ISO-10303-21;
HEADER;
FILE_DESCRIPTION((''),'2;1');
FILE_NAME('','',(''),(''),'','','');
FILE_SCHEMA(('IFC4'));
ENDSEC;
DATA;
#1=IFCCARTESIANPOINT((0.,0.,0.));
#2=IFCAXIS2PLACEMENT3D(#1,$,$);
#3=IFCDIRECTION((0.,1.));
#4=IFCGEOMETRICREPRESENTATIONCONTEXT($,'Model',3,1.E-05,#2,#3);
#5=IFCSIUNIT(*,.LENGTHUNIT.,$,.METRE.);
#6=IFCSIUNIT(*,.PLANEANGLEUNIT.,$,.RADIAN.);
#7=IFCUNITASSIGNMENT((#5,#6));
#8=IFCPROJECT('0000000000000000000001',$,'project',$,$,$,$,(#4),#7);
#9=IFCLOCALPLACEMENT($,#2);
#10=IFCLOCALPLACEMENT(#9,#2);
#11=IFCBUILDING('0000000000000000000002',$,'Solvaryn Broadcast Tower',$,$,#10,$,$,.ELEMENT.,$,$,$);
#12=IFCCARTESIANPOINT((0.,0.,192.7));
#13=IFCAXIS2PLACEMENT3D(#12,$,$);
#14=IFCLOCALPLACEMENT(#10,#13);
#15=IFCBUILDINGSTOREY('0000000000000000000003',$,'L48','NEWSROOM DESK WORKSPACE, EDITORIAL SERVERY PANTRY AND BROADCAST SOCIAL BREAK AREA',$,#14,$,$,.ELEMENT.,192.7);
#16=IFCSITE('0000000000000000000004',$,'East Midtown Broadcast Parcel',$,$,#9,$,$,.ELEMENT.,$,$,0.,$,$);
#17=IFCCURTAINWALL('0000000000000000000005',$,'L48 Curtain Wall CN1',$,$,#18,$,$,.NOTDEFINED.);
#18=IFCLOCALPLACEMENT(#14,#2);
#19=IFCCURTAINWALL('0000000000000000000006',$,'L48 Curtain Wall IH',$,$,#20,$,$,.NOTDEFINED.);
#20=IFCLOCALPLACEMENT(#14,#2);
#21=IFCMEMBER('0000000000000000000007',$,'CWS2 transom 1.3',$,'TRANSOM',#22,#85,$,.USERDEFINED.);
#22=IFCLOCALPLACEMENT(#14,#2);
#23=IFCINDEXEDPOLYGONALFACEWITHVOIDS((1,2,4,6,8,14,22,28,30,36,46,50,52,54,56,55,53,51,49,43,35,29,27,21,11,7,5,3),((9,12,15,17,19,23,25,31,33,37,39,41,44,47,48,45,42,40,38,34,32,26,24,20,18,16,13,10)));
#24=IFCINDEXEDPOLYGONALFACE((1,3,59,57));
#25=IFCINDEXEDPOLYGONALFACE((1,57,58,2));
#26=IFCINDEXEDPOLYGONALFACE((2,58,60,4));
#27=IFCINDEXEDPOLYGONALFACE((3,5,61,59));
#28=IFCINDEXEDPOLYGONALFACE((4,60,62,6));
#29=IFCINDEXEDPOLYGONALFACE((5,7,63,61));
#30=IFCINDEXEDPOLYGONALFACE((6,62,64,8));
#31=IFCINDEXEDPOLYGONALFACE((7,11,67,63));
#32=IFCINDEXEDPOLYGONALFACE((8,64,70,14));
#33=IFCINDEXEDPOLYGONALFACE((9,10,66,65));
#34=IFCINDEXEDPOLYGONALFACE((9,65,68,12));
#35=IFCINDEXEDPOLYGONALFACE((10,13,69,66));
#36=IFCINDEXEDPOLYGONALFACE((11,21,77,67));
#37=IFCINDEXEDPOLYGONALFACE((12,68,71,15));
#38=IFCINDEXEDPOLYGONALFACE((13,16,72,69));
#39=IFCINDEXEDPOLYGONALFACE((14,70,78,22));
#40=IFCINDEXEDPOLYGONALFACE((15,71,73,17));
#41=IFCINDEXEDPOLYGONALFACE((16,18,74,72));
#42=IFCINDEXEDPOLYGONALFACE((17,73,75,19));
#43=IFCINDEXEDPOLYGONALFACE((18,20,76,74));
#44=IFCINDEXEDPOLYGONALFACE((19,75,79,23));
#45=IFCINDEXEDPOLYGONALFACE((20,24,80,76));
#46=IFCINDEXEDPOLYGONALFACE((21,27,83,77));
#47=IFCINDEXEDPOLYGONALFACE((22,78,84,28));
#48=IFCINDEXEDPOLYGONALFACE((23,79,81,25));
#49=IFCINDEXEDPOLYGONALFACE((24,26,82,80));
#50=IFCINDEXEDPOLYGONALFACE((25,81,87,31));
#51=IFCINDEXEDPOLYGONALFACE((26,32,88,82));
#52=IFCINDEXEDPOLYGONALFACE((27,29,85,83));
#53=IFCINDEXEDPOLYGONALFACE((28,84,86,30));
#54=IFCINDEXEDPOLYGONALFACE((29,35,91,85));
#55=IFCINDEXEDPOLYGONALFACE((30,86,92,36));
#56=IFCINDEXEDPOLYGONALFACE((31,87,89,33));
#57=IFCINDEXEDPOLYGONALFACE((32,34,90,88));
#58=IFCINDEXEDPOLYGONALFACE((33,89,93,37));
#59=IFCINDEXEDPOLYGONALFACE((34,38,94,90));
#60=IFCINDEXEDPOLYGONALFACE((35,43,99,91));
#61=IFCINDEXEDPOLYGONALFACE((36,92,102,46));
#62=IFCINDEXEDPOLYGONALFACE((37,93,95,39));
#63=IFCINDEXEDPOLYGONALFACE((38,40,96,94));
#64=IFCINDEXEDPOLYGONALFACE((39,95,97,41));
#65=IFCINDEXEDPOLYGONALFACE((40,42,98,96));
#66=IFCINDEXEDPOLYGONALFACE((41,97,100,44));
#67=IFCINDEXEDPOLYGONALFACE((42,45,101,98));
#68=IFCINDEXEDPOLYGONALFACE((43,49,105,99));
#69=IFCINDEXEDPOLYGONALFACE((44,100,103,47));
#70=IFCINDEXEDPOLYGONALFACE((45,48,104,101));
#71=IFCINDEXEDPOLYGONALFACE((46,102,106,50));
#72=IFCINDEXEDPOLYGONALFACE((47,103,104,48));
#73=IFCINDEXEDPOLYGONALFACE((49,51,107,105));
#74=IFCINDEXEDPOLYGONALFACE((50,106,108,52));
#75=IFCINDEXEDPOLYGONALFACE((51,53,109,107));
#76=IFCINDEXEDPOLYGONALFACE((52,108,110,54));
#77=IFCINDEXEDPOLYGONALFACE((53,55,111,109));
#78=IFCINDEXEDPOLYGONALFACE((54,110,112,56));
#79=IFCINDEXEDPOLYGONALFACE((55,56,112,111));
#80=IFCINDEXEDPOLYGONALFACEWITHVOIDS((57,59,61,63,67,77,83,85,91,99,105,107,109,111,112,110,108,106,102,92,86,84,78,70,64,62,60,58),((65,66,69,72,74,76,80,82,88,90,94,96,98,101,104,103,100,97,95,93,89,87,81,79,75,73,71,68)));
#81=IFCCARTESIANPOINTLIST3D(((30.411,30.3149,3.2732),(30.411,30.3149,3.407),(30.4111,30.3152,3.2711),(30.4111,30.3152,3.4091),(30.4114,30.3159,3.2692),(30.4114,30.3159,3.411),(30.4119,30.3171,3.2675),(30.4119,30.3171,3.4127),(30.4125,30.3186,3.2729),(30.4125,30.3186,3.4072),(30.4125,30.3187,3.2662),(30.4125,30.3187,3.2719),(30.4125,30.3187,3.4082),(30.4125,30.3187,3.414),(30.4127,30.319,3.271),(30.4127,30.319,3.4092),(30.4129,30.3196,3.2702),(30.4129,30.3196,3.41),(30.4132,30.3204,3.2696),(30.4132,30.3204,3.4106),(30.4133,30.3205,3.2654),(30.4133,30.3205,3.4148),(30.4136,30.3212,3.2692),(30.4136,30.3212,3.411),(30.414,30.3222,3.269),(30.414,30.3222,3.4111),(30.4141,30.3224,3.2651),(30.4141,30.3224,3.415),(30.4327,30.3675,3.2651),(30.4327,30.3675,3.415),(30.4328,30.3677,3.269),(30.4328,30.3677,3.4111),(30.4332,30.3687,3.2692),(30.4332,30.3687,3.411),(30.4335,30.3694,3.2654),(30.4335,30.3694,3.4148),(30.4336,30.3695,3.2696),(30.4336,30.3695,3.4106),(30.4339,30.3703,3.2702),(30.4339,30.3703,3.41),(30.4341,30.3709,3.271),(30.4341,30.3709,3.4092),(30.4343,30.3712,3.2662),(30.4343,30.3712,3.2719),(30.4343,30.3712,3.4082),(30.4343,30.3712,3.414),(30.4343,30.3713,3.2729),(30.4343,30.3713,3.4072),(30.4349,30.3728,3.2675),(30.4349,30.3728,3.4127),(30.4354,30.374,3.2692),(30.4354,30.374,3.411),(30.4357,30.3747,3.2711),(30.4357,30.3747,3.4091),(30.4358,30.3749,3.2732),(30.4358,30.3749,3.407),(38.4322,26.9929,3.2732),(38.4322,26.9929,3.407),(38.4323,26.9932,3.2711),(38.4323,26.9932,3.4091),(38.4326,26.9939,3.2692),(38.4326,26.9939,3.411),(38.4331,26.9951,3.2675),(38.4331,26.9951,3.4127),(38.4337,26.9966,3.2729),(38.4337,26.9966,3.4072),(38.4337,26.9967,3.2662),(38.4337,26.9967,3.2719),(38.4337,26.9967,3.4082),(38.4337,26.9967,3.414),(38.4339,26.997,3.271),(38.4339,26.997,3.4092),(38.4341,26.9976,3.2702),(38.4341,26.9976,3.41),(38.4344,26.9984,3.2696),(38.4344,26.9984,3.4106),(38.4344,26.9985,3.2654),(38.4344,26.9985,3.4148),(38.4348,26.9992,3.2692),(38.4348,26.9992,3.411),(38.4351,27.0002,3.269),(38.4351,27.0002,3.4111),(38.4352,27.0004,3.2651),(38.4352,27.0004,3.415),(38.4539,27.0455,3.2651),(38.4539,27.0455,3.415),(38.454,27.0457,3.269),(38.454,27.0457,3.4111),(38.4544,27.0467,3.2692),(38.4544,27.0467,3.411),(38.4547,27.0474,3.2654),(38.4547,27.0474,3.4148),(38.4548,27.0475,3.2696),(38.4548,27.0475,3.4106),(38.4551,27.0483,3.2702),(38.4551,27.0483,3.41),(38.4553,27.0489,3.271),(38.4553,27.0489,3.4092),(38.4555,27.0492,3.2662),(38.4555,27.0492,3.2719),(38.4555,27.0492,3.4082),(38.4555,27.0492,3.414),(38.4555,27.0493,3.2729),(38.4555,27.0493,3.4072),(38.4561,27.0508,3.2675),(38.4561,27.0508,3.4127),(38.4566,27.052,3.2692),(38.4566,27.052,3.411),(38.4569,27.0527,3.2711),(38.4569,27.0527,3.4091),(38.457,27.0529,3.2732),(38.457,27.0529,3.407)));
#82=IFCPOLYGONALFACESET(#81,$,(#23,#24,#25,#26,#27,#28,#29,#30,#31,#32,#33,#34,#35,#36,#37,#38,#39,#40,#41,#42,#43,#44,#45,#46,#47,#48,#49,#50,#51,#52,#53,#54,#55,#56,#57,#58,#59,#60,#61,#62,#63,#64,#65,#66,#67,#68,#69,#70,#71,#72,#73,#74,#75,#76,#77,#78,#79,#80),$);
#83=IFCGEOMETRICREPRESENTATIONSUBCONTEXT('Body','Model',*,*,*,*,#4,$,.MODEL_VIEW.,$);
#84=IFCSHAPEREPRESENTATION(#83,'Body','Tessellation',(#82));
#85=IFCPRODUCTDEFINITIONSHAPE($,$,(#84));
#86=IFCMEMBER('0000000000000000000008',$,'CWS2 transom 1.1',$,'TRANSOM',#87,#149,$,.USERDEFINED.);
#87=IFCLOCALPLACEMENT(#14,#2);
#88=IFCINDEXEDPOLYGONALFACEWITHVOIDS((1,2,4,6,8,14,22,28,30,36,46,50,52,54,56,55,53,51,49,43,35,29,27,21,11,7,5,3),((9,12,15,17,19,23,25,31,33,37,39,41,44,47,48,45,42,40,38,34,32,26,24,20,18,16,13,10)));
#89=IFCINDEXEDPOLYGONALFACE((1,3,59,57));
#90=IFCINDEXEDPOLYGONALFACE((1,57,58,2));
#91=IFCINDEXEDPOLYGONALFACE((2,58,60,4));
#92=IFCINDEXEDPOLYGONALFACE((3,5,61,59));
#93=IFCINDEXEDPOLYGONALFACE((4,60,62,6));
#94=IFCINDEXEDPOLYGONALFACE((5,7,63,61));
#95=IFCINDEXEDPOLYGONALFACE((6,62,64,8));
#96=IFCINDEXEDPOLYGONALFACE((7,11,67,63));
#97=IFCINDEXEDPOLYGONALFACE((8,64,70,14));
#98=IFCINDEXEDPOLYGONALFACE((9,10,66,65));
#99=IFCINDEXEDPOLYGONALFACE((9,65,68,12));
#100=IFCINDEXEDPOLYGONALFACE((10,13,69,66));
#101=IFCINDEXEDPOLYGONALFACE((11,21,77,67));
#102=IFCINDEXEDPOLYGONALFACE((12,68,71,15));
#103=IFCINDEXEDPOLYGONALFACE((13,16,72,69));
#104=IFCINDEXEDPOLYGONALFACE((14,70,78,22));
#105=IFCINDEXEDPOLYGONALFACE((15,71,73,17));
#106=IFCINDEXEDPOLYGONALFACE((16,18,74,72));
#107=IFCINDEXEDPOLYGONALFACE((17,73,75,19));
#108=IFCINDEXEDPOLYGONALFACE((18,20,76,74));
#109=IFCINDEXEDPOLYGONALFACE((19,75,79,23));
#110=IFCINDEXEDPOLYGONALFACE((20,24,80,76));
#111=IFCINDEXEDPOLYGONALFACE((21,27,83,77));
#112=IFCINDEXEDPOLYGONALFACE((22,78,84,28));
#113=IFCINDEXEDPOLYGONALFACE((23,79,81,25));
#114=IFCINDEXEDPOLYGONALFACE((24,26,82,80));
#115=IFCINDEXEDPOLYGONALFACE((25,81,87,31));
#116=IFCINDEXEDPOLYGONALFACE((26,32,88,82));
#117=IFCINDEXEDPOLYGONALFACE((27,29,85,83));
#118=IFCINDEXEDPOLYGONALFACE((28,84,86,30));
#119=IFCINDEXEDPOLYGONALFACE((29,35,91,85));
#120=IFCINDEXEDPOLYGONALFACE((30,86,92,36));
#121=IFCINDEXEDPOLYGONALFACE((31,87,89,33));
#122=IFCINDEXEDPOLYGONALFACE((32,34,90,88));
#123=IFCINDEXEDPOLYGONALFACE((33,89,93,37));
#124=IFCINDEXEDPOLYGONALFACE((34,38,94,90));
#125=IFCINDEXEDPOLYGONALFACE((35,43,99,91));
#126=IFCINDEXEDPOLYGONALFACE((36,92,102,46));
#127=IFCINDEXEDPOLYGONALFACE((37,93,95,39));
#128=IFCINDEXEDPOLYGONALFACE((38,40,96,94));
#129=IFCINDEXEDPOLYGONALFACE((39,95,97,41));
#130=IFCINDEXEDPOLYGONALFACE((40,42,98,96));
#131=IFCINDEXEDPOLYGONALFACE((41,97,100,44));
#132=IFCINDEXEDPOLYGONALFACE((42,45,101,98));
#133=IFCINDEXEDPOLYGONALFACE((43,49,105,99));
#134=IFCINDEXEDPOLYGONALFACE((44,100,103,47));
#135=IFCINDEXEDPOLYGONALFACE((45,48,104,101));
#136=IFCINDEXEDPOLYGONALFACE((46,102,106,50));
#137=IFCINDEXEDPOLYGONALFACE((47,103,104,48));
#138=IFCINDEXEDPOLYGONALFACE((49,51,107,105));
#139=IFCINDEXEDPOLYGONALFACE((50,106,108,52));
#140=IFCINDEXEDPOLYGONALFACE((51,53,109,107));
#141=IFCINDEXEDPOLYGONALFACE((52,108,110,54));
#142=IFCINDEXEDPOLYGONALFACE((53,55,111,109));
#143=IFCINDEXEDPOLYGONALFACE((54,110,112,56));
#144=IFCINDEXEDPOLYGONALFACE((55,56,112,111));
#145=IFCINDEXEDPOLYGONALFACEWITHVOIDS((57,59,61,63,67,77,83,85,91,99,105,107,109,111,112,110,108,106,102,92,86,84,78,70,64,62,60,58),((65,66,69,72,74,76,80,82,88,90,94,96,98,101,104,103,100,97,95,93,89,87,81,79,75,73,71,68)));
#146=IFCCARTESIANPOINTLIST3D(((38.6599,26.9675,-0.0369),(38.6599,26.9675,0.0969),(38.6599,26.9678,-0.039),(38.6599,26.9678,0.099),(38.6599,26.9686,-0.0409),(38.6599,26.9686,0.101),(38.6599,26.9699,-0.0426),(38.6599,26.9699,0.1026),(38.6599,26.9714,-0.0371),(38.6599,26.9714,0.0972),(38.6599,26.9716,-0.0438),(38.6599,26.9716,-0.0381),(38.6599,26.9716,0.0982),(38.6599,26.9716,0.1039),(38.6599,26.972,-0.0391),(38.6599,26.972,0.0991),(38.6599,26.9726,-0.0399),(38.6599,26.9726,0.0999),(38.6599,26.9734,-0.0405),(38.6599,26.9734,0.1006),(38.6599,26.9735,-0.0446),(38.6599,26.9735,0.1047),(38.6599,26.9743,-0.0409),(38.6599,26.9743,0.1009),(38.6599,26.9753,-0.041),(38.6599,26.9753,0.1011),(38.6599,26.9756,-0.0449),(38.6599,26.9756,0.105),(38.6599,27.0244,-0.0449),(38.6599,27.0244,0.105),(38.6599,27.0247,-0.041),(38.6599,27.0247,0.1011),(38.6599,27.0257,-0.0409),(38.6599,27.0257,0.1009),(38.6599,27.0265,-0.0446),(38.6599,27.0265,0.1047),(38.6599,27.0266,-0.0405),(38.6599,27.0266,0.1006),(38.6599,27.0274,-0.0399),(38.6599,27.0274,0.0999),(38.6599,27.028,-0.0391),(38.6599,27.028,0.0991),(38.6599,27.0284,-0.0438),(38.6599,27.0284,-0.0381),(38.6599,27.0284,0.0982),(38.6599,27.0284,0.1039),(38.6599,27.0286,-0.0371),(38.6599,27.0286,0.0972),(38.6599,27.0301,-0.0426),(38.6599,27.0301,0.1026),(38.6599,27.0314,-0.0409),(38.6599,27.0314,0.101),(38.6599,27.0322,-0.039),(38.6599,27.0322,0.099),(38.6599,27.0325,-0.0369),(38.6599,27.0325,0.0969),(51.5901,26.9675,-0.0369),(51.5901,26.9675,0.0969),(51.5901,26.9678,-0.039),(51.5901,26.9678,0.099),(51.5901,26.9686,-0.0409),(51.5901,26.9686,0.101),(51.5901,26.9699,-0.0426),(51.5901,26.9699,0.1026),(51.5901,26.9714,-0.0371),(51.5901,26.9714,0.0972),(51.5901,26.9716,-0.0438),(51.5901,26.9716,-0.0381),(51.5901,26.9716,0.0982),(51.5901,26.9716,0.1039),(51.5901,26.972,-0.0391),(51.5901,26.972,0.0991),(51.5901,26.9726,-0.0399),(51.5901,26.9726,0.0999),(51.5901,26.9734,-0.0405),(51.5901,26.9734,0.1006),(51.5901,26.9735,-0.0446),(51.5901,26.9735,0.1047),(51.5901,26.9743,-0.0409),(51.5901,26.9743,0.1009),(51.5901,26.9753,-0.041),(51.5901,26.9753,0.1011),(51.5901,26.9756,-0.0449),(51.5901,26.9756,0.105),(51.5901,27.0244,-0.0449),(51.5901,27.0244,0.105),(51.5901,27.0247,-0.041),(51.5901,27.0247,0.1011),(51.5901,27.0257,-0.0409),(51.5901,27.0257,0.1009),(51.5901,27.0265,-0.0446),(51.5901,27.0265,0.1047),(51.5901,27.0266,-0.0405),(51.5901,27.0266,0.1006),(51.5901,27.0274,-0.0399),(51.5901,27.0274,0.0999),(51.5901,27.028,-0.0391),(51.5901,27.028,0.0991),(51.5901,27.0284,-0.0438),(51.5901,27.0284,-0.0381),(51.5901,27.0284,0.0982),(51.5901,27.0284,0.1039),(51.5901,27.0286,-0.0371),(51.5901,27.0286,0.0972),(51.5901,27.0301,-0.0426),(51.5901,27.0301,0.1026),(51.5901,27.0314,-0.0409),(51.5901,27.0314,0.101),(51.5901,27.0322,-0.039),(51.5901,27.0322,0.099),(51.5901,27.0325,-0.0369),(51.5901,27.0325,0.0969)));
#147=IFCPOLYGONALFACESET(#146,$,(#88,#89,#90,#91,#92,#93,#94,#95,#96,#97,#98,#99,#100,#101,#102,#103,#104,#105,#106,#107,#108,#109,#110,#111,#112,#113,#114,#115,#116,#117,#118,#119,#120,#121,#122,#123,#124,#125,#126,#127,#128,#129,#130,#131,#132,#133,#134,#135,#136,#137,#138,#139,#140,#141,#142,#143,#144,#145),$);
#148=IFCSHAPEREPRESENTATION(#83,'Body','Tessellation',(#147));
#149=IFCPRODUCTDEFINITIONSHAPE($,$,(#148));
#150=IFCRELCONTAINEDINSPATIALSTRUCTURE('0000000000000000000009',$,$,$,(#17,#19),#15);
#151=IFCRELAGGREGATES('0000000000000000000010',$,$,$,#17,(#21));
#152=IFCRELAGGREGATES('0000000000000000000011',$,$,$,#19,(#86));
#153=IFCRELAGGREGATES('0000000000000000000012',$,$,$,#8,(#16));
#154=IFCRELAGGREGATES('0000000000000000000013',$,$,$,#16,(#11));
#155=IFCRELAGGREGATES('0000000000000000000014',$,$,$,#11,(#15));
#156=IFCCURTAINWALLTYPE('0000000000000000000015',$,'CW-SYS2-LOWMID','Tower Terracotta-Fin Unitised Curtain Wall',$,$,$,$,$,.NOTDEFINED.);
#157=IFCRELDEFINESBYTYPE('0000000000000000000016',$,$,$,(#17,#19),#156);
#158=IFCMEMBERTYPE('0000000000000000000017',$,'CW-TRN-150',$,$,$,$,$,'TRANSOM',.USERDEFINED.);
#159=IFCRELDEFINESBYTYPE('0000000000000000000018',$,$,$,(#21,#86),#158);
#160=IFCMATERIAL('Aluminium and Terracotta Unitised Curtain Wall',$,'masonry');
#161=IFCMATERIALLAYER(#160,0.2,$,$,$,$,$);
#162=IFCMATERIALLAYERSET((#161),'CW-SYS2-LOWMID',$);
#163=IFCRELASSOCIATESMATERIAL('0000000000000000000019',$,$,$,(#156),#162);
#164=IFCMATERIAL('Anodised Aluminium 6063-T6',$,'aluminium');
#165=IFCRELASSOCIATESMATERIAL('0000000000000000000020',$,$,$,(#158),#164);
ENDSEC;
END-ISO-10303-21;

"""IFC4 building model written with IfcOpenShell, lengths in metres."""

from ifc_helpers import new_model, si_unit, direction, frame, origin, origin_2d, place, context, subcontext, project, spatial, hollow_rectangle, extrude, material, layer, layer_set, material_profile, profile_set, type_object, element, aggregate, save


model = new_model("IFC4")

# Units and contexts
model_context = context("Model", 3, precision=1e-05, world=origin(), true_north=direction((0.0, 1.0)))
body_context = subcontext(model_context, "Body", "Model", "MODEL_VIEW")
ifc_project = project(units=[si_unit("LENGTHUNIT", "METRE"), si_unit("PLANEANGLEUNIT", "RADIAN")], contexts=[model_context])

# Site, building, storey
site_placement = place(None, origin())
site = spatial("IfcSite", under=ifc_project, at=site_placement, Name="East Midtown Broadcast Parcel", CompositionType="ELEMENT", RefElevation=0.0)
building_placement = place(site_placement, origin())
building = spatial("IfcBuilding", under=site, at=building_placement, Name="Solvaryn Broadcast Tower", CompositionType="ELEMENT")
storey_placement = place(building_placement, frame((0.0, 0.0, 192.7)))
storey = spatial("IfcBuildingStorey", under=building, at=storey_placement, Name="L48", Description="NEWSROOM DESK WORKSPACE, EDITORIAL SERVERY PANTRY AND BROADCAST SOCIAL BREAK AREA", CompositionType="ELEMENT", Elevation=192.7)

# Curtain walls
ifc_material_1 = material(Name="Aluminium and Terracotta Unitised Curtain Wall", Category="masonry")
ifc_layer_1 = layer(ifc_material_1, 0.2)
ifc_layer_set_1 = layer_set([ifc_layer_1], Name="CW-SYS2-LOWMID")
curtain_wall_type = type_object("IfcCurtainWallType", Name="CW-SYS2-LOWMID", Description="Tower Terracotta-Fin Unitised Curtain Wall", PredefinedType="NOTDEFINED", material=ifc_layer_set_1)
curtain_wall_1_placement = place(storey_placement, origin())
curtain_wall_1 = element("IfcCurtainWall", 1, at=curtain_wall_1_placement, inside=storey, type_object=curtain_wall_type, Name="L48 Curtain Wall CN1", PredefinedType="NOTDEFINED")
curtain_wall_2_placement = place(storey_placement, origin())
curtain_wall_2 = element("IfcCurtainWall", 2, at=curtain_wall_2_placement, inside=storey, type_object=curtain_wall_type, Name="L48 Curtain Wall IH", PredefinedType="NOTDEFINED")

# Members
ifc_material_2 = material(Name="Anodised Aluminium 6063-T6", Category="aluminium")
ifc_material_profile_1 = material_profile(ifc_material_2, hollow_rectangle(XDim=0.0649, YDim=0.1499, WallThickness=0.0039, InnerFilletRadius=0.0039, OuterFilletRadius=0.0081, at=origin_2d()))
ifc_profile_set_1 = profile_set([ifc_material_profile_1], Name="Anodised Aluminium 6063-T6")
member_type_1 = type_object("IfcMemberType", Name="CW-TRN-150", ElementType="TRANSOM", PredefinedType="USERDEFINED", material=ifc_profile_set_1)
member_1_placement = place(storey_placement, frame((38.4446, 27.0229, 3.3401), z_axis=(-0.923899, 0.382636, 0.0), x_axis=(-0.382636, -0.923899, 0.0)))
member_1 = element("IfcMember", 3, at=member_1_placement, type_object=member_type_1, Name="CWS2 transom 1.3", ObjectType="TRANSOM", PredefinedType="USERDEFINED", context=body_context, shape_type="SweptSolid", body=[
    extrude(hollow_rectangle(XDim=0.0649, YDim=0.1499, WallThickness=0.0039, InnerFilletRadius=0.0039, OuterFilletRadius=0.0081, at=origin_2d()), origin(), (0.0, 0.0, 1.0), 8.6819),
])
aggregate(curtain_wall_1, [member_1])
member_2_placement = place(storey_placement, frame((38.6599, 27.0, 0.03), z_axis=(1.0, 0.0, 0.0), x_axis=(0.0, 1.0, 0.0)))
member_2 = element("IfcMember", 4, at=member_2_placement, type_object=member_type_1, Name="CWS2 transom 1.1", ObjectType="TRANSOM", PredefinedType="USERDEFINED", context=body_context, shape_type="SweptSolid", body=[
    extrude(hollow_rectangle(XDim=0.0649, YDim=0.1499, WallThickness=0.0039, InnerFilletRadius=0.0039, OuterFilletRadius=0.0081, at=origin_2d()), origin(), (0.0, 0.0, 1.0), 12.9302),
])
aggregate(curtain_wall_2, [member_2])

save(model, "model.ifc")
